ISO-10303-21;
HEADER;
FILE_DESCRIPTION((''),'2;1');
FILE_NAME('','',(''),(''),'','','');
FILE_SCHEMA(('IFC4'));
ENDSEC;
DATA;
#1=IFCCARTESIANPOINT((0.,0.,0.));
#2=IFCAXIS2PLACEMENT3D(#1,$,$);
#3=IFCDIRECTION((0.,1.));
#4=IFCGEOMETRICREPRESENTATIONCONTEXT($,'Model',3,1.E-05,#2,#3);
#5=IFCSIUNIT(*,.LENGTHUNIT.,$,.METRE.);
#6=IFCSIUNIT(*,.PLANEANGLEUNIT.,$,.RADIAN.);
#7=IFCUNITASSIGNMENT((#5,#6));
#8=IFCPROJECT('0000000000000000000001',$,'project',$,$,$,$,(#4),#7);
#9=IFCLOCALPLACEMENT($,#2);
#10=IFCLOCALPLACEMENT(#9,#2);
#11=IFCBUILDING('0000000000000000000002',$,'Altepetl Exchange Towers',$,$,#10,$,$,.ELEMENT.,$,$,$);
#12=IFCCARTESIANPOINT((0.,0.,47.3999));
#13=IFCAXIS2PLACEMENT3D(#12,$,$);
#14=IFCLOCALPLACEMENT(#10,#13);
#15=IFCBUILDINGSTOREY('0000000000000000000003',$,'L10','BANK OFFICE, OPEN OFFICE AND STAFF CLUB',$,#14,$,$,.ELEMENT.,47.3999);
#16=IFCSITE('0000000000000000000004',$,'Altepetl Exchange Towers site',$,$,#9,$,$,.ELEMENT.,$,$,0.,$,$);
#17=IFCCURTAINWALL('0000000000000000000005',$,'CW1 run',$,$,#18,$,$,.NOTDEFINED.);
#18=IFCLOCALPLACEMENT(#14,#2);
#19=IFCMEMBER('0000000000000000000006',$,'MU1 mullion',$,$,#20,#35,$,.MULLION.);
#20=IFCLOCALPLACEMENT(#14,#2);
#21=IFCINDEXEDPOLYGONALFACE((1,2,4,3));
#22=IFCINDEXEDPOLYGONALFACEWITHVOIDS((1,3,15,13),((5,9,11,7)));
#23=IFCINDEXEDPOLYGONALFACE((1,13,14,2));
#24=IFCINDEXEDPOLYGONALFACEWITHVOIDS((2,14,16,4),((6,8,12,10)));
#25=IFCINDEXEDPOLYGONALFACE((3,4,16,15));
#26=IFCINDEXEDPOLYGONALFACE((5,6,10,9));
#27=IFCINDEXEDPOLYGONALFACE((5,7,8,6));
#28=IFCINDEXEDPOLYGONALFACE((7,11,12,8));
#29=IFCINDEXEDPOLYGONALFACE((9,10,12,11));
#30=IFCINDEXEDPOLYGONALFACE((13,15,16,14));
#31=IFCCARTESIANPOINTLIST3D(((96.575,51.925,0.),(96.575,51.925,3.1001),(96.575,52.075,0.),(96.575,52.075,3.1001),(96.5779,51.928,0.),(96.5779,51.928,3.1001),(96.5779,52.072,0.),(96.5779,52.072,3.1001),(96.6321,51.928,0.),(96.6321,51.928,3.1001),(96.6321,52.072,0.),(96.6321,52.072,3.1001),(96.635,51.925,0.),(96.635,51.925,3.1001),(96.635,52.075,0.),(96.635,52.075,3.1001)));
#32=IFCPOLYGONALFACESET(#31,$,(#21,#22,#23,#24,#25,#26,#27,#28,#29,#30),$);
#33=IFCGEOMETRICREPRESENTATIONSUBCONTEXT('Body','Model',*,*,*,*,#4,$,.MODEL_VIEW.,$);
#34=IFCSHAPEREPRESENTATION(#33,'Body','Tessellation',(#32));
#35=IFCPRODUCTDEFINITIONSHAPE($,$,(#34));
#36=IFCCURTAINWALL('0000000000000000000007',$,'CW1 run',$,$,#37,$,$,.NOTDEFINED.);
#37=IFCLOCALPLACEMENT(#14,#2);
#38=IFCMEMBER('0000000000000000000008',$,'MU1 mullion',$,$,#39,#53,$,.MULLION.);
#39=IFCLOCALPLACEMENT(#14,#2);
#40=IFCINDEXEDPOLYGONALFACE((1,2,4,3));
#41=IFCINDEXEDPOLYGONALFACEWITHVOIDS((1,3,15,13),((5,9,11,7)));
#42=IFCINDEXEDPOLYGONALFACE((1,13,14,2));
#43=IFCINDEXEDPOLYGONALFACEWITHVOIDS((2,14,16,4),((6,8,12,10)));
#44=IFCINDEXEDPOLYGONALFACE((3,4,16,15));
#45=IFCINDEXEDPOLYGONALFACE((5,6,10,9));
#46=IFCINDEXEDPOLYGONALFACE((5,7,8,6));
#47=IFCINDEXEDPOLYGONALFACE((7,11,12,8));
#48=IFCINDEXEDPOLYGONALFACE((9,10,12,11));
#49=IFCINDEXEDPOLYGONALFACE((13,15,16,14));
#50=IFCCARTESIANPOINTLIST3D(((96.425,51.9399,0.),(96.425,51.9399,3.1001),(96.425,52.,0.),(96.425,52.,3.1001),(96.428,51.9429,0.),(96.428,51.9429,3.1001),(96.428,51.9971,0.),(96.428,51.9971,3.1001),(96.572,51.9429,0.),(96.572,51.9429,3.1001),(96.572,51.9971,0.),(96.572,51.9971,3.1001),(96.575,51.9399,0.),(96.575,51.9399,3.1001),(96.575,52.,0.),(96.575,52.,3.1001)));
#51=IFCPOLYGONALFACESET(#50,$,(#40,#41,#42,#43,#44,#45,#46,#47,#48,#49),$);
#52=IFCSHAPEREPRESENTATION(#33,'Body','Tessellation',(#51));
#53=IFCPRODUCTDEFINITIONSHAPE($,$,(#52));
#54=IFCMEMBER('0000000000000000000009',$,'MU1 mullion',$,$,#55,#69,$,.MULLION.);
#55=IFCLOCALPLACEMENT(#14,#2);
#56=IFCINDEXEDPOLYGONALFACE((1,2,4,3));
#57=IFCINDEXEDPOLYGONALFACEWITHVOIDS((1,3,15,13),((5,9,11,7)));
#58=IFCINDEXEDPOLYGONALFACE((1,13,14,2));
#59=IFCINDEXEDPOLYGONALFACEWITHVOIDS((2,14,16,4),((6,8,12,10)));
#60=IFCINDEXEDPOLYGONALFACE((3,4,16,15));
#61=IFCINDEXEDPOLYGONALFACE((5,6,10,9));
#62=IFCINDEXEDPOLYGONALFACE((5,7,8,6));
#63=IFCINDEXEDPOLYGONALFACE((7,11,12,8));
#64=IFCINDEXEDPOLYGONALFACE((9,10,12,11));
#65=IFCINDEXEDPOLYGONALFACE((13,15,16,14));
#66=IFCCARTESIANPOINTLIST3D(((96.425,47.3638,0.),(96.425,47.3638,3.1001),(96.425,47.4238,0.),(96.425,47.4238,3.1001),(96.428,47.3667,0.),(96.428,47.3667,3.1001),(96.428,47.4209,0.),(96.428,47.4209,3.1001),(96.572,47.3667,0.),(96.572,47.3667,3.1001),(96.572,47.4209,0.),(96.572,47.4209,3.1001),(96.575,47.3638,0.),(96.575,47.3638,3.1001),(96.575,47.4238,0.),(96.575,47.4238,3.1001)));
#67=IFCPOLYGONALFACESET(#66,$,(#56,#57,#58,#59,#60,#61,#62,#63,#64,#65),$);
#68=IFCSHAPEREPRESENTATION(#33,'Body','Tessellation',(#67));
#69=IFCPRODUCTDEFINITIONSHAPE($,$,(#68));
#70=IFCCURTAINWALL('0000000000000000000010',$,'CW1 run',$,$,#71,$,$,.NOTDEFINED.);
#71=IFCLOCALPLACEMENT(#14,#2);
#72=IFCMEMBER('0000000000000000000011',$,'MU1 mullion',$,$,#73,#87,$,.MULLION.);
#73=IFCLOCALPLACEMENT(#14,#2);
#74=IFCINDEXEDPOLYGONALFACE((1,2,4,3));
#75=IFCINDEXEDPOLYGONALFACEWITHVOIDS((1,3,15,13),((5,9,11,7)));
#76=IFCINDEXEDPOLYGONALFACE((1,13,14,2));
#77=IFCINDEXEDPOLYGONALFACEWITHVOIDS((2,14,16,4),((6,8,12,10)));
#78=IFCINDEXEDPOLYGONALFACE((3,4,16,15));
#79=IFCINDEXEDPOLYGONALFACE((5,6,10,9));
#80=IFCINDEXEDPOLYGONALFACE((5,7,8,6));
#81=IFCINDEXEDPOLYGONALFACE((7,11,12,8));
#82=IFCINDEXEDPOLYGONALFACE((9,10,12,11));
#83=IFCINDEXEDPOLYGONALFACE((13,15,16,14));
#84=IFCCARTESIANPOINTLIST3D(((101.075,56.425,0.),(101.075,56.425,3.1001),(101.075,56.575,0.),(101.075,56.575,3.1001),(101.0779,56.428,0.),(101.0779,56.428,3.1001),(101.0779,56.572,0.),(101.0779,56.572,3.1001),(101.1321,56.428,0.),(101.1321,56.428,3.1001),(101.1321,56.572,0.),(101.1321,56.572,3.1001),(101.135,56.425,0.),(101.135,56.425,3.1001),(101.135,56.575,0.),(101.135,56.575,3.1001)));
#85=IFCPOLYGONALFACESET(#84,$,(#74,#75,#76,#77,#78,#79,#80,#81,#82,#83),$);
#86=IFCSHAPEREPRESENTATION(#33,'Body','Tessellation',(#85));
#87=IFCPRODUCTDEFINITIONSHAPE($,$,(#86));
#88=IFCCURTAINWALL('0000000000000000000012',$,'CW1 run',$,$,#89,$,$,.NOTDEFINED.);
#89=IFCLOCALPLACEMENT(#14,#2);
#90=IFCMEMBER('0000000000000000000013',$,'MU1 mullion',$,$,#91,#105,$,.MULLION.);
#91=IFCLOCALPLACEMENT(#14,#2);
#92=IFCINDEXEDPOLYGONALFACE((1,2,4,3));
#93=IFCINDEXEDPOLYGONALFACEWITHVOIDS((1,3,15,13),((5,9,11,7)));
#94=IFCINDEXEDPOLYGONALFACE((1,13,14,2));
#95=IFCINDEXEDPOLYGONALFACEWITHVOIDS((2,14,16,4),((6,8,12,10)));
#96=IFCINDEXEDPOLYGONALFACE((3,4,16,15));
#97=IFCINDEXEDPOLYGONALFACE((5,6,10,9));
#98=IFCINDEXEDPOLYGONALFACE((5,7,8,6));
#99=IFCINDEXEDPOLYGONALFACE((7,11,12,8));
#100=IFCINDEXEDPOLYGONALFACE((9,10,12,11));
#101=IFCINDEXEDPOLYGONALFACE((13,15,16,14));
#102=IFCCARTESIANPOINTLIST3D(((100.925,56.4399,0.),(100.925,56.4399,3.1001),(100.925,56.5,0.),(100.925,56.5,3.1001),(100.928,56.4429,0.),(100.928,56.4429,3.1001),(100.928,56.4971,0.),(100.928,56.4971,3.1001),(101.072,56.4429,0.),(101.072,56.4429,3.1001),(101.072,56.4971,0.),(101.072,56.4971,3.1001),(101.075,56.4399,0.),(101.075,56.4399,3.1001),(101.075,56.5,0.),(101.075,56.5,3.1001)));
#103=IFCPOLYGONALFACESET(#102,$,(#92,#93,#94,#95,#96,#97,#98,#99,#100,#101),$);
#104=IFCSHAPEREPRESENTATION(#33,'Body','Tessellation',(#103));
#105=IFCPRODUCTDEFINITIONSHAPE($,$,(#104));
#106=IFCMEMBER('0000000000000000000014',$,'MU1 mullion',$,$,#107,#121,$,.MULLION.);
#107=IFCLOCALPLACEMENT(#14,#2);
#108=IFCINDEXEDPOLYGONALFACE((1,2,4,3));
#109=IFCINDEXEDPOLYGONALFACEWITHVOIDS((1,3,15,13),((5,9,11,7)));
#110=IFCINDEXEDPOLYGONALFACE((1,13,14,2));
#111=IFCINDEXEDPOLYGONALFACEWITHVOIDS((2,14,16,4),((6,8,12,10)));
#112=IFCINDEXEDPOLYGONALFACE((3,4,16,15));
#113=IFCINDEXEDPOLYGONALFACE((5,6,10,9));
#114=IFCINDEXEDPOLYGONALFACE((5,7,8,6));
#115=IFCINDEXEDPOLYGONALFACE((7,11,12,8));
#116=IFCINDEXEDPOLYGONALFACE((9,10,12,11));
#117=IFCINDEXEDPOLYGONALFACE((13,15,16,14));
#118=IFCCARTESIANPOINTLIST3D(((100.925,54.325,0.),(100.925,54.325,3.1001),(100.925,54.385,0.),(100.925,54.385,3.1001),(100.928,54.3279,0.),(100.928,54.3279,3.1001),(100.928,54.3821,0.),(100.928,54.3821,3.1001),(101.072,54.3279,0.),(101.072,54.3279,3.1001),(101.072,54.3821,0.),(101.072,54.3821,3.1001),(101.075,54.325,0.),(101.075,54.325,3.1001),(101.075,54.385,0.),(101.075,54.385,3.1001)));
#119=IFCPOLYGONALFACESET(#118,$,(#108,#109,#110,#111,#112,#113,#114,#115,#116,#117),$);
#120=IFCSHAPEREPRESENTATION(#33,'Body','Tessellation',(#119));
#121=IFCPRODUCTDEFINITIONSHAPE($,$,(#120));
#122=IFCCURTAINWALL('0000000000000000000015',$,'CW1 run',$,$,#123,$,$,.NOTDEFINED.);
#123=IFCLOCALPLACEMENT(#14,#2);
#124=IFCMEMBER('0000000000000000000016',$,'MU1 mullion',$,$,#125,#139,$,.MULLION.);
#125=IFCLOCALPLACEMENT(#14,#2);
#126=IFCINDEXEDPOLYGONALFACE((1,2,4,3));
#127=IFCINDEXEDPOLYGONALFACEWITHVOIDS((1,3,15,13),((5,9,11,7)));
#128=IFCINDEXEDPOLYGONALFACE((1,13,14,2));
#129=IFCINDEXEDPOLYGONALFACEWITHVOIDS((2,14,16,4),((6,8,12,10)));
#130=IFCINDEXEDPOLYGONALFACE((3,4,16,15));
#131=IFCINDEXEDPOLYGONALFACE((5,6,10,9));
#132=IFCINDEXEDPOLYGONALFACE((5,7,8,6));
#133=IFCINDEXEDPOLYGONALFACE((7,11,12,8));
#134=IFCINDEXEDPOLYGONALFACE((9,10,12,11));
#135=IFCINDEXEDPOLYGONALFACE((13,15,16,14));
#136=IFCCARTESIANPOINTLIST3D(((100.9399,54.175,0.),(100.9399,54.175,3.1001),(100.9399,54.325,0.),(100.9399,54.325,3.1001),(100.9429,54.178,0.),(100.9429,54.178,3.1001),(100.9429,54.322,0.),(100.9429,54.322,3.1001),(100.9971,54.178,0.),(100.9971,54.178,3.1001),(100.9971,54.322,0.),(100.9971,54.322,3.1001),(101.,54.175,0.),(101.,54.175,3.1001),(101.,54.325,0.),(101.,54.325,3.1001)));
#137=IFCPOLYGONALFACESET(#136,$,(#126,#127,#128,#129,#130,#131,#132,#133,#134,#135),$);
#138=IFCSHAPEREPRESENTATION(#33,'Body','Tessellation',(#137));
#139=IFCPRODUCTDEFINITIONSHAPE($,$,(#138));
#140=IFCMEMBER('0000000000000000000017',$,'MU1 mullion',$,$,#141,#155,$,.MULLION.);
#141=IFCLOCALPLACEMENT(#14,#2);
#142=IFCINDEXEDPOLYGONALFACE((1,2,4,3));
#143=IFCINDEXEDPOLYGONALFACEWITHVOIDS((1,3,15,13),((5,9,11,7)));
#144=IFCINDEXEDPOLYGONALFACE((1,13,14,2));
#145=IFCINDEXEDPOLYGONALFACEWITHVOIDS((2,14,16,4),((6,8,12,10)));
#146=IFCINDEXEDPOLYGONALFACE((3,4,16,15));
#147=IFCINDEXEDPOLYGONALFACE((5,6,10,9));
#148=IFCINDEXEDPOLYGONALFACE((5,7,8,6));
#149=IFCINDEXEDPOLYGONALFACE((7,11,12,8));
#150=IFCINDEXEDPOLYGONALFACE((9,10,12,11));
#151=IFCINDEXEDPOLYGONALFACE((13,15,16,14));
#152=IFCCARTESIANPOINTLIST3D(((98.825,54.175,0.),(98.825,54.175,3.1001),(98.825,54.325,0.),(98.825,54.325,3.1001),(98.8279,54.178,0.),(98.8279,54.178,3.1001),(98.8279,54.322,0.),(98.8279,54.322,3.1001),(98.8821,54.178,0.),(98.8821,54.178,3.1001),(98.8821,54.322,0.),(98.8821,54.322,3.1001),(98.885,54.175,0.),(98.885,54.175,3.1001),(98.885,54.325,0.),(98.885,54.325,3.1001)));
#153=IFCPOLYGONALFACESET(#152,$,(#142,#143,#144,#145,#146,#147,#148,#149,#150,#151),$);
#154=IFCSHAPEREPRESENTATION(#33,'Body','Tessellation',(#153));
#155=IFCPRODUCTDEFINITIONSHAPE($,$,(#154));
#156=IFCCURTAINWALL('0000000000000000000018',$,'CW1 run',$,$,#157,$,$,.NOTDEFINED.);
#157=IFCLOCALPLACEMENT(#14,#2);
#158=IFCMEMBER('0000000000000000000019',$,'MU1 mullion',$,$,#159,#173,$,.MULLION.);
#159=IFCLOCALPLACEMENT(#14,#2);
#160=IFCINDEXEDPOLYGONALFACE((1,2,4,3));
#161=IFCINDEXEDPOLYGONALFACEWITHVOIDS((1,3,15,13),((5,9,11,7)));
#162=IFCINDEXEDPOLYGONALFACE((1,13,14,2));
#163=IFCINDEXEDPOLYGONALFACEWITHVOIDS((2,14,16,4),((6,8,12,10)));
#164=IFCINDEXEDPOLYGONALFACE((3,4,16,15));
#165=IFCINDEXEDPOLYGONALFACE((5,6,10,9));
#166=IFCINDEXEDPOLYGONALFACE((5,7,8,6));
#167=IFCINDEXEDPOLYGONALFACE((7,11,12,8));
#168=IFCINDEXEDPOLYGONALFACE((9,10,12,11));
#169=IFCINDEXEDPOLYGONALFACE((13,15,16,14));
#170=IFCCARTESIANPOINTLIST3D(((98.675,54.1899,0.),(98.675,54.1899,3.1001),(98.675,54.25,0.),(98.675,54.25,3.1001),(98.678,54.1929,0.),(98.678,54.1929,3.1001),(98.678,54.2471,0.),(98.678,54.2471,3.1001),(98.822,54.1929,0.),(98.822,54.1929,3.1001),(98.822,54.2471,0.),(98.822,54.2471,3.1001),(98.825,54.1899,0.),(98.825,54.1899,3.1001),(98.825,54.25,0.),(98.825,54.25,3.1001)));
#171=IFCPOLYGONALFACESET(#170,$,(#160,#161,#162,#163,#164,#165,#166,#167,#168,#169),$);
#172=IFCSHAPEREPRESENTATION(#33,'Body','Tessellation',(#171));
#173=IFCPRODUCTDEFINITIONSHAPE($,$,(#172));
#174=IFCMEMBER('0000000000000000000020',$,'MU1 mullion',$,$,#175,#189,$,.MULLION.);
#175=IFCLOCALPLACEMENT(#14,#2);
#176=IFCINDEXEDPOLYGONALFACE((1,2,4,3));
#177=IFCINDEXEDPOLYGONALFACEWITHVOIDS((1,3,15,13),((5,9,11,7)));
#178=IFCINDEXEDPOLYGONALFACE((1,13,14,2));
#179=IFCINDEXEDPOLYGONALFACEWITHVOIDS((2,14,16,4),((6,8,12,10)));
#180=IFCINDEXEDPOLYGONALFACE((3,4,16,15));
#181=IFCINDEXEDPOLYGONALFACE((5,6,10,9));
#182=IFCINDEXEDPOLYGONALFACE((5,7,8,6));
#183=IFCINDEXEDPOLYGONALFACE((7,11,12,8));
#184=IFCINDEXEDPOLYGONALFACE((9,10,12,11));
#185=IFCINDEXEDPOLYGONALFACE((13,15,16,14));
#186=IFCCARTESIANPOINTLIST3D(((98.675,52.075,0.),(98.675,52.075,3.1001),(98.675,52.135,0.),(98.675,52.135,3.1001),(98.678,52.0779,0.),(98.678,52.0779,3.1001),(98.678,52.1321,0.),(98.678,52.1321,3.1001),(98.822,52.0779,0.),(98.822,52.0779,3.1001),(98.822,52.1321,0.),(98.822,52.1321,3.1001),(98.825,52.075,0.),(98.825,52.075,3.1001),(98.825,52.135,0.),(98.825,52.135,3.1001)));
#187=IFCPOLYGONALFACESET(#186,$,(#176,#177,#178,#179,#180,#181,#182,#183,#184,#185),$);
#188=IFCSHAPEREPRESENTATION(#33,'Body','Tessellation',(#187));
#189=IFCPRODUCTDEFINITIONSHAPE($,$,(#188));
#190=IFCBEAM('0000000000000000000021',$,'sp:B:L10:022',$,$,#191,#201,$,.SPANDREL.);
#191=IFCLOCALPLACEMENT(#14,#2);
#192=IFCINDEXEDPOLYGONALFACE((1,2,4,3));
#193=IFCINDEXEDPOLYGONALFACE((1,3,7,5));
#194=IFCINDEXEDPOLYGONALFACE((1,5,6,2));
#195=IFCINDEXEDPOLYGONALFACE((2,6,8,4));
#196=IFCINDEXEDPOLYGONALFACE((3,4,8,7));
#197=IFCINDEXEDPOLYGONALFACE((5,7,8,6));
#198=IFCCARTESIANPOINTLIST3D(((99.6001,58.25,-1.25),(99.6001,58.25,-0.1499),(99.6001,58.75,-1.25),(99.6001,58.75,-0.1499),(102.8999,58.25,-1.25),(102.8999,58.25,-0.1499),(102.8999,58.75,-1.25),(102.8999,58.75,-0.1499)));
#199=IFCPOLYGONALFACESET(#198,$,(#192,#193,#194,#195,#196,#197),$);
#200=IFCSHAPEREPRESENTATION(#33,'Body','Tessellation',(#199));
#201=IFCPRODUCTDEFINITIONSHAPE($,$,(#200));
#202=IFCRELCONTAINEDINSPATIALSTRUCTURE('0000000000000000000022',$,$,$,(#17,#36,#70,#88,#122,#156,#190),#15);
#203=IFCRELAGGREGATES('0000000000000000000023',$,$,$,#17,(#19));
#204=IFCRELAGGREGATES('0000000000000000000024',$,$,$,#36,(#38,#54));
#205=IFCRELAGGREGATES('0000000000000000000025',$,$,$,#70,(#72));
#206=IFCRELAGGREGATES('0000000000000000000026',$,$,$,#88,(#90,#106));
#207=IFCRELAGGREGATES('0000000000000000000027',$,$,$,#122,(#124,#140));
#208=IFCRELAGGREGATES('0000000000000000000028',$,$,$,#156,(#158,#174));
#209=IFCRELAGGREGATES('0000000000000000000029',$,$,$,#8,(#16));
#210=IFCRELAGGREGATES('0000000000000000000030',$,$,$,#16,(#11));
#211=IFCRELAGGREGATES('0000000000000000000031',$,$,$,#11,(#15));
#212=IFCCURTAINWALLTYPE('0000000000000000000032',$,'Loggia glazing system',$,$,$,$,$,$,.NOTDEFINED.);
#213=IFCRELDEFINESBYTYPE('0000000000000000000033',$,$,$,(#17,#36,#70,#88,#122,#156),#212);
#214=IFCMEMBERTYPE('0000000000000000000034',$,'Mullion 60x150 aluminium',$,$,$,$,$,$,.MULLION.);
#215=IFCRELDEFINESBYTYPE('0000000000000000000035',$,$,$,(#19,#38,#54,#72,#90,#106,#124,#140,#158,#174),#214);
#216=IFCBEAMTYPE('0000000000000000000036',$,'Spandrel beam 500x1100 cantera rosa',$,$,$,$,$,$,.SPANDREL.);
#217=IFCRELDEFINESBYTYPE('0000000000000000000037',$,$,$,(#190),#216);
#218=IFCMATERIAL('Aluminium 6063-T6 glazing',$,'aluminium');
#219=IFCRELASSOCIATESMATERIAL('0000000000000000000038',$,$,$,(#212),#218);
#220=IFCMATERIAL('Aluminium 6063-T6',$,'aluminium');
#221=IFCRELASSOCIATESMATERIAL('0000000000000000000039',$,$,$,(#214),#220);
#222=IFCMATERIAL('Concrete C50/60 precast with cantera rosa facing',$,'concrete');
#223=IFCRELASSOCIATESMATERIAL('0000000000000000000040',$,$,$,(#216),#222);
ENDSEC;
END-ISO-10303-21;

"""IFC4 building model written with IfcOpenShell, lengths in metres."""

from ifc_helpers import new_model, si_unit, direction, frame, origin, origin_2d, place, context, subcontext, project, spatial, rectangle, hollow_rectangle, extrude, material, material_profile, profile_set, type_object, element, aggregate, save


model = new_model("IFC4")

# Units and contexts
model_context = context("Model", 3, precision=1e-05, world=origin(), true_north=direction((0.0, 1.0)))
body_context = subcontext(model_context, "Body", "Model", "MODEL_VIEW")
ifc_project = project(units=[si_unit("LENGTHUNIT", "METRE"), si_unit("PLANEANGLEUNIT", "RADIAN")], contexts=[model_context])

# Site, building, storey
site_placement = place(None, origin())
site = spatial("IfcSite", under=ifc_project, at=site_placement, Name="Altepetl Exchange Towers site", CompositionType="ELEMENT", RefElevation=0.0)
building_placement = place(site_placement, origin())
building = spatial("IfcBuilding", under=site, at=building_placement, Name="Altepetl Exchange Towers", CompositionType="ELEMENT")
storey_placement = place(building_placement, frame((0.0, 0.0, 47.3999)))
storey = spatial("IfcBuildingStorey", under=building, at=storey_placement, Name="L10", Description="BANK OFFICE, OPEN OFFICE AND STAFF CLUB", CompositionType="ELEMENT", Elevation=47.3999)

# Curtain walls, members
ifc_material_1 = material(Name="Aluminium 6063-T6 glazing", Category="aluminium")
curtain_wall_type = type_object("IfcCurtainWallType", Name="Loggia glazing system", PredefinedType="NOTDEFINED", material=ifc_material_1)
curtain_wall_1_placement = place(storey_placement, origin())
curtain_wall_1 = element("IfcCurtainWall", 1, at=curtain_wall_1_placement, inside=storey, type_object=curtain_wall_type, Name="CW1 run", PredefinedType="NOTDEFINED")
ifc_material_2 = material(Name="Aluminium 6063-T6", Category="aluminium")
ifc_material_profile_1 = material_profile(ifc_material_2, hollow_rectangle(XDim=0.0601, YDim=0.1499, WallThickness=0.0029, at=origin_2d()), Name="Mullion 60x150 aluminium")
ifc_profile_set_1 = profile_set([ifc_material_profile_1], Name="Aluminium 6063-T6")
member_type = type_object("IfcMemberType", Name="Mullion 60x150 aluminium", PredefinedType="MULLION", material=ifc_profile_set_1)
member_1_placement = place(storey_placement, frame((96.605, 52.0, 0.0), z_axis=(0.0, 0.0, 1.0), x_axis=(-1.0, 0.0, 0.0)))
member_1 = element("IfcMember", 2, at=member_1_placement, type_object=member_type, Name="MU1 mullion", PredefinedType="MULLION", context=body_context, shape_type="SweptSolid", body=[
    extrude(hollow_rectangle(XDim=0.0601, YDim=0.1499, WallThickness=0.0029, at=origin_2d()), origin(), (0.0, 0.0, 1.0), 3.1001),
])
curtain_wall_2_placement = place(storey_placement, origin())
curtain_wall_2 = element("IfcCurtainWall", 3, at=curtain_wall_2_placement, inside=storey, type_object=curtain_wall_type, Name="CW1 run", PredefinedType="NOTDEFINED")
member_2_placement = place(storey_placement, frame((96.5, 51.97, 0.0), z_axis=(0.0, 0.0, 1.0), x_axis=(0.0, -1.0, 0.0)))
member_2 = element("IfcMember", 4, at=member_2_placement, type_object=member_type, Name="MU1 mullion", PredefinedType="MULLION", context=body_context, shape_type="SweptSolid", body=[
    extrude(hollow_rectangle(XDim=0.0601, YDim=0.1499, WallThickness=0.0029, at=origin_2d()), origin(), (0.0, 0.0, 1.0), 3.1001),
])
member_3_placement = place(storey_placement, frame((96.5, 47.3938, 0.0), z_axis=(0.0, 0.0, 1.0), x_axis=(0.0, -1.0, 0.0)))
member_3 = element("IfcMember", 5, at=member_3_placement, type_object=member_type, Name="MU1 mullion", PredefinedType="MULLION", context=body_context, shape_type="SweptSolid", body=[
    extrude(hollow_rectangle(XDim=0.0601, YDim=0.1499, WallThickness=0.0029, at=origin_2d()), origin(), (0.0, 0.0, 1.0), 3.1001),
])

# Curtain wall, member
curtain_wall_3_placement = place(storey_placement, origin())
curtain_wall_3 = element("IfcCurtainWall", 6, at=curtain_wall_3_placement, inside=storey, type_object=curtain_wall_type, Name="CW1 run", PredefinedType="NOTDEFINED")
member_4_placement = place(storey_placement, frame((101.105, 56.5, 0.0), z_axis=(0.0, 0.0, 1.0), x_axis=(-1.0, 0.0, 0.0)))
member_4 = element("IfcMember", 7, at=member_4_placement, type_object=member_type, Name="MU1 mullion", PredefinedType="MULLION", context=body_context, shape_type="SweptSolid", body=[
    extrude(hollow_rectangle(XDim=0.0601, YDim=0.1499, WallThickness=0.0029, at=origin_2d()), origin(), (0.0, 0.0, 1.0), 3.1001),
])

# Curtain walls, members
curtain_wall_4_placement = place(storey_placement, origin())
curtain_wall_4 = element("IfcCurtainWall", 8, at=curtain_wall_4_placement, inside=storey, type_object=curtain_wall_type, Name="CW1 run", PredefinedType="NOTDEFINED")
member_5_placement = place(storey_placement, frame((101.0, 56.47, 0.0), z_axis=(0.0, 0.0, 1.0), x_axis=(0.0, -1.0, 0.0)))
member_5 = element("IfcMember", 9, at=member_5_placement, type_object=member_type, Name="MU1 mullion", PredefinedType="MULLION", context=body_context, shape_type="SweptSolid", body=[
    extrude(hollow_rectangle(XDim=0.0601, YDim=0.1499, WallThickness=0.0029, at=origin_2d()), origin(), (0.0, 0.0, 1.0), 3.1001),
])
member_6_placement = place(storey_placement, frame((101.0, 54.355, 0.0), z_axis=(0.0, 0.0, 1.0), x_axis=(0.0, -1.0, 0.0)))
member_6 = element("IfcMember", 10, at=member_6_placement, type_object=member_type, Name="MU1 mullion", PredefinedType="MULLION", context=body_context, shape_type="SweptSolid", body=[
    extrude(hollow_rectangle(XDim=0.0601, YDim=0.1499, WallThickness=0.0029, at=origin_2d()), origin(), (0.0, 0.0, 1.0), 3.1001),
])
curtain_wall_5_placement = place(storey_placement, origin())
curtain_wall_5 = element("IfcCurtainWall", 11, at=curtain_wall_5_placement, inside=storey, type_object=curtain_wall_type, Name="CW1 run", PredefinedType="NOTDEFINED")
member_7_placement = place(storey_placement, frame((100.97, 54.25, 0.0), z_axis=(0.0, 0.0, 1.0), x_axis=(-1.0, 0.0, 0.0)))
member_7 = element("IfcMember", 12, at=member_7_placement, type_object=member_type, Name="MU1 mullion", PredefinedType="MULLION", context=body_context, shape_type="SweptSolid", body=[
    extrude(hollow_rectangle(XDim=0.0601, YDim=0.1499, WallThickness=0.0029, at=origin_2d()), origin(), (0.0, 0.0, 1.0), 3.1001),
])
member_8_placement = place(storey_placement, frame((98.855, 54.25, 0.0), z_axis=(0.0, 0.0, 1.0), x_axis=(-1.0, 0.0, 0.0)))
member_8 = element("IfcMember", 13, at=member_8_placement, type_object=member_type, Name="MU1 mullion", PredefinedType="MULLION", context=body_context, shape_type="SweptSolid", body=[
    extrude(hollow_rectangle(XDim=0.0601, YDim=0.1499, WallThickness=0.0029, at=origin_2d()), origin(), (0.0, 0.0, 1.0), 3.1001),
])
curtain_wall_6_placement = place(storey_placement, origin())
curtain_wall_6 = element("IfcCurtainWall", 14, at=curtain_wall_6_placement, inside=storey, type_object=curtain_wall_type, Name="CW1 run", PredefinedType="NOTDEFINED")
member_9_placement = place(storey_placement, frame((98.75, 54.22, 0.0), z_axis=(0.0, 0.0, 1.0), x_axis=(0.0, -1.0, 0.0)))
member_9 = element("IfcMember", 15, at=member_9_placement, type_object=member_type, Name="MU1 mullion", PredefinedType="MULLION", context=body_context, shape_type="SweptSolid", body=[
    extrude(hollow_rectangle(XDim=0.0601, YDim=0.1499, WallThickness=0.0029, at=origin_2d()), origin(), (0.0, 0.0, 1.0), 3.1001),
])
member_10_placement = place(storey_placement, frame((98.75, 52.105, 0.0), z_axis=(0.0, 0.0, 1.0), x_axis=(0.0, -1.0, 0.0)))
member_10 = element("IfcMember", 16, at=member_10_placement, type_object=member_type, Name="MU1 mullion", PredefinedType="MULLION", context=body_context, shape_type="SweptSolid", body=[
    extrude(hollow_rectangle(XDim=0.0601, YDim=0.1499, WallThickness=0.0029, at=origin_2d()), origin(), (0.0, 0.0, 1.0), 3.1001),
])

# Beam
ifc_material_3 = material(Name="Concrete C50/60 precast with cantera rosa facing", Category="concrete")
ifc_material_profile_2 = material_profile(ifc_material_3, rectangle(XDim=0.5, YDim=1.1001, at=origin_2d()), Name="500 x 1100")
ifc_profile_set_2 = profile_set([ifc_material_profile_2], Name="Concrete C50/60 precast with cantera rosa facing")
beam_type_1 = type_object("IfcBeamType", Name="Spandrel beam 500x1100 cantera rosa", PredefinedType="SPANDREL", material=ifc_profile_set_2)
beam_1_placement = place(storey_placement, frame((102.8999, 58.5, -0.7), z_axis=(-1.0, 0.0, 0.0), x_axis=(0.0, -1.0, 0.0)))
element("IfcBeam", 17, at=beam_1_placement, inside=storey, type_object=beam_type_1, Name="sp:B:L10:022", PredefinedType="SPANDREL", context=body_context, shape_type="SweptSolid", body=[
    extrude(rectangle(XDim=0.5, YDim=1.1001, at=origin_2d()), origin(), (0.0, 0.0, 1.0), 3.2998),
])

aggregate(curtain_wall_1, [member_1])
aggregate(curtain_wall_2, [member_2, member_3])
aggregate(curtain_wall_3, [member_4])
aggregate(curtain_wall_4, [member_5, member_6])
aggregate(curtain_wall_5, [member_7, member_8])
aggregate(curtain_wall_6, [member_9, member_10])

save(model, "model.ifc")
